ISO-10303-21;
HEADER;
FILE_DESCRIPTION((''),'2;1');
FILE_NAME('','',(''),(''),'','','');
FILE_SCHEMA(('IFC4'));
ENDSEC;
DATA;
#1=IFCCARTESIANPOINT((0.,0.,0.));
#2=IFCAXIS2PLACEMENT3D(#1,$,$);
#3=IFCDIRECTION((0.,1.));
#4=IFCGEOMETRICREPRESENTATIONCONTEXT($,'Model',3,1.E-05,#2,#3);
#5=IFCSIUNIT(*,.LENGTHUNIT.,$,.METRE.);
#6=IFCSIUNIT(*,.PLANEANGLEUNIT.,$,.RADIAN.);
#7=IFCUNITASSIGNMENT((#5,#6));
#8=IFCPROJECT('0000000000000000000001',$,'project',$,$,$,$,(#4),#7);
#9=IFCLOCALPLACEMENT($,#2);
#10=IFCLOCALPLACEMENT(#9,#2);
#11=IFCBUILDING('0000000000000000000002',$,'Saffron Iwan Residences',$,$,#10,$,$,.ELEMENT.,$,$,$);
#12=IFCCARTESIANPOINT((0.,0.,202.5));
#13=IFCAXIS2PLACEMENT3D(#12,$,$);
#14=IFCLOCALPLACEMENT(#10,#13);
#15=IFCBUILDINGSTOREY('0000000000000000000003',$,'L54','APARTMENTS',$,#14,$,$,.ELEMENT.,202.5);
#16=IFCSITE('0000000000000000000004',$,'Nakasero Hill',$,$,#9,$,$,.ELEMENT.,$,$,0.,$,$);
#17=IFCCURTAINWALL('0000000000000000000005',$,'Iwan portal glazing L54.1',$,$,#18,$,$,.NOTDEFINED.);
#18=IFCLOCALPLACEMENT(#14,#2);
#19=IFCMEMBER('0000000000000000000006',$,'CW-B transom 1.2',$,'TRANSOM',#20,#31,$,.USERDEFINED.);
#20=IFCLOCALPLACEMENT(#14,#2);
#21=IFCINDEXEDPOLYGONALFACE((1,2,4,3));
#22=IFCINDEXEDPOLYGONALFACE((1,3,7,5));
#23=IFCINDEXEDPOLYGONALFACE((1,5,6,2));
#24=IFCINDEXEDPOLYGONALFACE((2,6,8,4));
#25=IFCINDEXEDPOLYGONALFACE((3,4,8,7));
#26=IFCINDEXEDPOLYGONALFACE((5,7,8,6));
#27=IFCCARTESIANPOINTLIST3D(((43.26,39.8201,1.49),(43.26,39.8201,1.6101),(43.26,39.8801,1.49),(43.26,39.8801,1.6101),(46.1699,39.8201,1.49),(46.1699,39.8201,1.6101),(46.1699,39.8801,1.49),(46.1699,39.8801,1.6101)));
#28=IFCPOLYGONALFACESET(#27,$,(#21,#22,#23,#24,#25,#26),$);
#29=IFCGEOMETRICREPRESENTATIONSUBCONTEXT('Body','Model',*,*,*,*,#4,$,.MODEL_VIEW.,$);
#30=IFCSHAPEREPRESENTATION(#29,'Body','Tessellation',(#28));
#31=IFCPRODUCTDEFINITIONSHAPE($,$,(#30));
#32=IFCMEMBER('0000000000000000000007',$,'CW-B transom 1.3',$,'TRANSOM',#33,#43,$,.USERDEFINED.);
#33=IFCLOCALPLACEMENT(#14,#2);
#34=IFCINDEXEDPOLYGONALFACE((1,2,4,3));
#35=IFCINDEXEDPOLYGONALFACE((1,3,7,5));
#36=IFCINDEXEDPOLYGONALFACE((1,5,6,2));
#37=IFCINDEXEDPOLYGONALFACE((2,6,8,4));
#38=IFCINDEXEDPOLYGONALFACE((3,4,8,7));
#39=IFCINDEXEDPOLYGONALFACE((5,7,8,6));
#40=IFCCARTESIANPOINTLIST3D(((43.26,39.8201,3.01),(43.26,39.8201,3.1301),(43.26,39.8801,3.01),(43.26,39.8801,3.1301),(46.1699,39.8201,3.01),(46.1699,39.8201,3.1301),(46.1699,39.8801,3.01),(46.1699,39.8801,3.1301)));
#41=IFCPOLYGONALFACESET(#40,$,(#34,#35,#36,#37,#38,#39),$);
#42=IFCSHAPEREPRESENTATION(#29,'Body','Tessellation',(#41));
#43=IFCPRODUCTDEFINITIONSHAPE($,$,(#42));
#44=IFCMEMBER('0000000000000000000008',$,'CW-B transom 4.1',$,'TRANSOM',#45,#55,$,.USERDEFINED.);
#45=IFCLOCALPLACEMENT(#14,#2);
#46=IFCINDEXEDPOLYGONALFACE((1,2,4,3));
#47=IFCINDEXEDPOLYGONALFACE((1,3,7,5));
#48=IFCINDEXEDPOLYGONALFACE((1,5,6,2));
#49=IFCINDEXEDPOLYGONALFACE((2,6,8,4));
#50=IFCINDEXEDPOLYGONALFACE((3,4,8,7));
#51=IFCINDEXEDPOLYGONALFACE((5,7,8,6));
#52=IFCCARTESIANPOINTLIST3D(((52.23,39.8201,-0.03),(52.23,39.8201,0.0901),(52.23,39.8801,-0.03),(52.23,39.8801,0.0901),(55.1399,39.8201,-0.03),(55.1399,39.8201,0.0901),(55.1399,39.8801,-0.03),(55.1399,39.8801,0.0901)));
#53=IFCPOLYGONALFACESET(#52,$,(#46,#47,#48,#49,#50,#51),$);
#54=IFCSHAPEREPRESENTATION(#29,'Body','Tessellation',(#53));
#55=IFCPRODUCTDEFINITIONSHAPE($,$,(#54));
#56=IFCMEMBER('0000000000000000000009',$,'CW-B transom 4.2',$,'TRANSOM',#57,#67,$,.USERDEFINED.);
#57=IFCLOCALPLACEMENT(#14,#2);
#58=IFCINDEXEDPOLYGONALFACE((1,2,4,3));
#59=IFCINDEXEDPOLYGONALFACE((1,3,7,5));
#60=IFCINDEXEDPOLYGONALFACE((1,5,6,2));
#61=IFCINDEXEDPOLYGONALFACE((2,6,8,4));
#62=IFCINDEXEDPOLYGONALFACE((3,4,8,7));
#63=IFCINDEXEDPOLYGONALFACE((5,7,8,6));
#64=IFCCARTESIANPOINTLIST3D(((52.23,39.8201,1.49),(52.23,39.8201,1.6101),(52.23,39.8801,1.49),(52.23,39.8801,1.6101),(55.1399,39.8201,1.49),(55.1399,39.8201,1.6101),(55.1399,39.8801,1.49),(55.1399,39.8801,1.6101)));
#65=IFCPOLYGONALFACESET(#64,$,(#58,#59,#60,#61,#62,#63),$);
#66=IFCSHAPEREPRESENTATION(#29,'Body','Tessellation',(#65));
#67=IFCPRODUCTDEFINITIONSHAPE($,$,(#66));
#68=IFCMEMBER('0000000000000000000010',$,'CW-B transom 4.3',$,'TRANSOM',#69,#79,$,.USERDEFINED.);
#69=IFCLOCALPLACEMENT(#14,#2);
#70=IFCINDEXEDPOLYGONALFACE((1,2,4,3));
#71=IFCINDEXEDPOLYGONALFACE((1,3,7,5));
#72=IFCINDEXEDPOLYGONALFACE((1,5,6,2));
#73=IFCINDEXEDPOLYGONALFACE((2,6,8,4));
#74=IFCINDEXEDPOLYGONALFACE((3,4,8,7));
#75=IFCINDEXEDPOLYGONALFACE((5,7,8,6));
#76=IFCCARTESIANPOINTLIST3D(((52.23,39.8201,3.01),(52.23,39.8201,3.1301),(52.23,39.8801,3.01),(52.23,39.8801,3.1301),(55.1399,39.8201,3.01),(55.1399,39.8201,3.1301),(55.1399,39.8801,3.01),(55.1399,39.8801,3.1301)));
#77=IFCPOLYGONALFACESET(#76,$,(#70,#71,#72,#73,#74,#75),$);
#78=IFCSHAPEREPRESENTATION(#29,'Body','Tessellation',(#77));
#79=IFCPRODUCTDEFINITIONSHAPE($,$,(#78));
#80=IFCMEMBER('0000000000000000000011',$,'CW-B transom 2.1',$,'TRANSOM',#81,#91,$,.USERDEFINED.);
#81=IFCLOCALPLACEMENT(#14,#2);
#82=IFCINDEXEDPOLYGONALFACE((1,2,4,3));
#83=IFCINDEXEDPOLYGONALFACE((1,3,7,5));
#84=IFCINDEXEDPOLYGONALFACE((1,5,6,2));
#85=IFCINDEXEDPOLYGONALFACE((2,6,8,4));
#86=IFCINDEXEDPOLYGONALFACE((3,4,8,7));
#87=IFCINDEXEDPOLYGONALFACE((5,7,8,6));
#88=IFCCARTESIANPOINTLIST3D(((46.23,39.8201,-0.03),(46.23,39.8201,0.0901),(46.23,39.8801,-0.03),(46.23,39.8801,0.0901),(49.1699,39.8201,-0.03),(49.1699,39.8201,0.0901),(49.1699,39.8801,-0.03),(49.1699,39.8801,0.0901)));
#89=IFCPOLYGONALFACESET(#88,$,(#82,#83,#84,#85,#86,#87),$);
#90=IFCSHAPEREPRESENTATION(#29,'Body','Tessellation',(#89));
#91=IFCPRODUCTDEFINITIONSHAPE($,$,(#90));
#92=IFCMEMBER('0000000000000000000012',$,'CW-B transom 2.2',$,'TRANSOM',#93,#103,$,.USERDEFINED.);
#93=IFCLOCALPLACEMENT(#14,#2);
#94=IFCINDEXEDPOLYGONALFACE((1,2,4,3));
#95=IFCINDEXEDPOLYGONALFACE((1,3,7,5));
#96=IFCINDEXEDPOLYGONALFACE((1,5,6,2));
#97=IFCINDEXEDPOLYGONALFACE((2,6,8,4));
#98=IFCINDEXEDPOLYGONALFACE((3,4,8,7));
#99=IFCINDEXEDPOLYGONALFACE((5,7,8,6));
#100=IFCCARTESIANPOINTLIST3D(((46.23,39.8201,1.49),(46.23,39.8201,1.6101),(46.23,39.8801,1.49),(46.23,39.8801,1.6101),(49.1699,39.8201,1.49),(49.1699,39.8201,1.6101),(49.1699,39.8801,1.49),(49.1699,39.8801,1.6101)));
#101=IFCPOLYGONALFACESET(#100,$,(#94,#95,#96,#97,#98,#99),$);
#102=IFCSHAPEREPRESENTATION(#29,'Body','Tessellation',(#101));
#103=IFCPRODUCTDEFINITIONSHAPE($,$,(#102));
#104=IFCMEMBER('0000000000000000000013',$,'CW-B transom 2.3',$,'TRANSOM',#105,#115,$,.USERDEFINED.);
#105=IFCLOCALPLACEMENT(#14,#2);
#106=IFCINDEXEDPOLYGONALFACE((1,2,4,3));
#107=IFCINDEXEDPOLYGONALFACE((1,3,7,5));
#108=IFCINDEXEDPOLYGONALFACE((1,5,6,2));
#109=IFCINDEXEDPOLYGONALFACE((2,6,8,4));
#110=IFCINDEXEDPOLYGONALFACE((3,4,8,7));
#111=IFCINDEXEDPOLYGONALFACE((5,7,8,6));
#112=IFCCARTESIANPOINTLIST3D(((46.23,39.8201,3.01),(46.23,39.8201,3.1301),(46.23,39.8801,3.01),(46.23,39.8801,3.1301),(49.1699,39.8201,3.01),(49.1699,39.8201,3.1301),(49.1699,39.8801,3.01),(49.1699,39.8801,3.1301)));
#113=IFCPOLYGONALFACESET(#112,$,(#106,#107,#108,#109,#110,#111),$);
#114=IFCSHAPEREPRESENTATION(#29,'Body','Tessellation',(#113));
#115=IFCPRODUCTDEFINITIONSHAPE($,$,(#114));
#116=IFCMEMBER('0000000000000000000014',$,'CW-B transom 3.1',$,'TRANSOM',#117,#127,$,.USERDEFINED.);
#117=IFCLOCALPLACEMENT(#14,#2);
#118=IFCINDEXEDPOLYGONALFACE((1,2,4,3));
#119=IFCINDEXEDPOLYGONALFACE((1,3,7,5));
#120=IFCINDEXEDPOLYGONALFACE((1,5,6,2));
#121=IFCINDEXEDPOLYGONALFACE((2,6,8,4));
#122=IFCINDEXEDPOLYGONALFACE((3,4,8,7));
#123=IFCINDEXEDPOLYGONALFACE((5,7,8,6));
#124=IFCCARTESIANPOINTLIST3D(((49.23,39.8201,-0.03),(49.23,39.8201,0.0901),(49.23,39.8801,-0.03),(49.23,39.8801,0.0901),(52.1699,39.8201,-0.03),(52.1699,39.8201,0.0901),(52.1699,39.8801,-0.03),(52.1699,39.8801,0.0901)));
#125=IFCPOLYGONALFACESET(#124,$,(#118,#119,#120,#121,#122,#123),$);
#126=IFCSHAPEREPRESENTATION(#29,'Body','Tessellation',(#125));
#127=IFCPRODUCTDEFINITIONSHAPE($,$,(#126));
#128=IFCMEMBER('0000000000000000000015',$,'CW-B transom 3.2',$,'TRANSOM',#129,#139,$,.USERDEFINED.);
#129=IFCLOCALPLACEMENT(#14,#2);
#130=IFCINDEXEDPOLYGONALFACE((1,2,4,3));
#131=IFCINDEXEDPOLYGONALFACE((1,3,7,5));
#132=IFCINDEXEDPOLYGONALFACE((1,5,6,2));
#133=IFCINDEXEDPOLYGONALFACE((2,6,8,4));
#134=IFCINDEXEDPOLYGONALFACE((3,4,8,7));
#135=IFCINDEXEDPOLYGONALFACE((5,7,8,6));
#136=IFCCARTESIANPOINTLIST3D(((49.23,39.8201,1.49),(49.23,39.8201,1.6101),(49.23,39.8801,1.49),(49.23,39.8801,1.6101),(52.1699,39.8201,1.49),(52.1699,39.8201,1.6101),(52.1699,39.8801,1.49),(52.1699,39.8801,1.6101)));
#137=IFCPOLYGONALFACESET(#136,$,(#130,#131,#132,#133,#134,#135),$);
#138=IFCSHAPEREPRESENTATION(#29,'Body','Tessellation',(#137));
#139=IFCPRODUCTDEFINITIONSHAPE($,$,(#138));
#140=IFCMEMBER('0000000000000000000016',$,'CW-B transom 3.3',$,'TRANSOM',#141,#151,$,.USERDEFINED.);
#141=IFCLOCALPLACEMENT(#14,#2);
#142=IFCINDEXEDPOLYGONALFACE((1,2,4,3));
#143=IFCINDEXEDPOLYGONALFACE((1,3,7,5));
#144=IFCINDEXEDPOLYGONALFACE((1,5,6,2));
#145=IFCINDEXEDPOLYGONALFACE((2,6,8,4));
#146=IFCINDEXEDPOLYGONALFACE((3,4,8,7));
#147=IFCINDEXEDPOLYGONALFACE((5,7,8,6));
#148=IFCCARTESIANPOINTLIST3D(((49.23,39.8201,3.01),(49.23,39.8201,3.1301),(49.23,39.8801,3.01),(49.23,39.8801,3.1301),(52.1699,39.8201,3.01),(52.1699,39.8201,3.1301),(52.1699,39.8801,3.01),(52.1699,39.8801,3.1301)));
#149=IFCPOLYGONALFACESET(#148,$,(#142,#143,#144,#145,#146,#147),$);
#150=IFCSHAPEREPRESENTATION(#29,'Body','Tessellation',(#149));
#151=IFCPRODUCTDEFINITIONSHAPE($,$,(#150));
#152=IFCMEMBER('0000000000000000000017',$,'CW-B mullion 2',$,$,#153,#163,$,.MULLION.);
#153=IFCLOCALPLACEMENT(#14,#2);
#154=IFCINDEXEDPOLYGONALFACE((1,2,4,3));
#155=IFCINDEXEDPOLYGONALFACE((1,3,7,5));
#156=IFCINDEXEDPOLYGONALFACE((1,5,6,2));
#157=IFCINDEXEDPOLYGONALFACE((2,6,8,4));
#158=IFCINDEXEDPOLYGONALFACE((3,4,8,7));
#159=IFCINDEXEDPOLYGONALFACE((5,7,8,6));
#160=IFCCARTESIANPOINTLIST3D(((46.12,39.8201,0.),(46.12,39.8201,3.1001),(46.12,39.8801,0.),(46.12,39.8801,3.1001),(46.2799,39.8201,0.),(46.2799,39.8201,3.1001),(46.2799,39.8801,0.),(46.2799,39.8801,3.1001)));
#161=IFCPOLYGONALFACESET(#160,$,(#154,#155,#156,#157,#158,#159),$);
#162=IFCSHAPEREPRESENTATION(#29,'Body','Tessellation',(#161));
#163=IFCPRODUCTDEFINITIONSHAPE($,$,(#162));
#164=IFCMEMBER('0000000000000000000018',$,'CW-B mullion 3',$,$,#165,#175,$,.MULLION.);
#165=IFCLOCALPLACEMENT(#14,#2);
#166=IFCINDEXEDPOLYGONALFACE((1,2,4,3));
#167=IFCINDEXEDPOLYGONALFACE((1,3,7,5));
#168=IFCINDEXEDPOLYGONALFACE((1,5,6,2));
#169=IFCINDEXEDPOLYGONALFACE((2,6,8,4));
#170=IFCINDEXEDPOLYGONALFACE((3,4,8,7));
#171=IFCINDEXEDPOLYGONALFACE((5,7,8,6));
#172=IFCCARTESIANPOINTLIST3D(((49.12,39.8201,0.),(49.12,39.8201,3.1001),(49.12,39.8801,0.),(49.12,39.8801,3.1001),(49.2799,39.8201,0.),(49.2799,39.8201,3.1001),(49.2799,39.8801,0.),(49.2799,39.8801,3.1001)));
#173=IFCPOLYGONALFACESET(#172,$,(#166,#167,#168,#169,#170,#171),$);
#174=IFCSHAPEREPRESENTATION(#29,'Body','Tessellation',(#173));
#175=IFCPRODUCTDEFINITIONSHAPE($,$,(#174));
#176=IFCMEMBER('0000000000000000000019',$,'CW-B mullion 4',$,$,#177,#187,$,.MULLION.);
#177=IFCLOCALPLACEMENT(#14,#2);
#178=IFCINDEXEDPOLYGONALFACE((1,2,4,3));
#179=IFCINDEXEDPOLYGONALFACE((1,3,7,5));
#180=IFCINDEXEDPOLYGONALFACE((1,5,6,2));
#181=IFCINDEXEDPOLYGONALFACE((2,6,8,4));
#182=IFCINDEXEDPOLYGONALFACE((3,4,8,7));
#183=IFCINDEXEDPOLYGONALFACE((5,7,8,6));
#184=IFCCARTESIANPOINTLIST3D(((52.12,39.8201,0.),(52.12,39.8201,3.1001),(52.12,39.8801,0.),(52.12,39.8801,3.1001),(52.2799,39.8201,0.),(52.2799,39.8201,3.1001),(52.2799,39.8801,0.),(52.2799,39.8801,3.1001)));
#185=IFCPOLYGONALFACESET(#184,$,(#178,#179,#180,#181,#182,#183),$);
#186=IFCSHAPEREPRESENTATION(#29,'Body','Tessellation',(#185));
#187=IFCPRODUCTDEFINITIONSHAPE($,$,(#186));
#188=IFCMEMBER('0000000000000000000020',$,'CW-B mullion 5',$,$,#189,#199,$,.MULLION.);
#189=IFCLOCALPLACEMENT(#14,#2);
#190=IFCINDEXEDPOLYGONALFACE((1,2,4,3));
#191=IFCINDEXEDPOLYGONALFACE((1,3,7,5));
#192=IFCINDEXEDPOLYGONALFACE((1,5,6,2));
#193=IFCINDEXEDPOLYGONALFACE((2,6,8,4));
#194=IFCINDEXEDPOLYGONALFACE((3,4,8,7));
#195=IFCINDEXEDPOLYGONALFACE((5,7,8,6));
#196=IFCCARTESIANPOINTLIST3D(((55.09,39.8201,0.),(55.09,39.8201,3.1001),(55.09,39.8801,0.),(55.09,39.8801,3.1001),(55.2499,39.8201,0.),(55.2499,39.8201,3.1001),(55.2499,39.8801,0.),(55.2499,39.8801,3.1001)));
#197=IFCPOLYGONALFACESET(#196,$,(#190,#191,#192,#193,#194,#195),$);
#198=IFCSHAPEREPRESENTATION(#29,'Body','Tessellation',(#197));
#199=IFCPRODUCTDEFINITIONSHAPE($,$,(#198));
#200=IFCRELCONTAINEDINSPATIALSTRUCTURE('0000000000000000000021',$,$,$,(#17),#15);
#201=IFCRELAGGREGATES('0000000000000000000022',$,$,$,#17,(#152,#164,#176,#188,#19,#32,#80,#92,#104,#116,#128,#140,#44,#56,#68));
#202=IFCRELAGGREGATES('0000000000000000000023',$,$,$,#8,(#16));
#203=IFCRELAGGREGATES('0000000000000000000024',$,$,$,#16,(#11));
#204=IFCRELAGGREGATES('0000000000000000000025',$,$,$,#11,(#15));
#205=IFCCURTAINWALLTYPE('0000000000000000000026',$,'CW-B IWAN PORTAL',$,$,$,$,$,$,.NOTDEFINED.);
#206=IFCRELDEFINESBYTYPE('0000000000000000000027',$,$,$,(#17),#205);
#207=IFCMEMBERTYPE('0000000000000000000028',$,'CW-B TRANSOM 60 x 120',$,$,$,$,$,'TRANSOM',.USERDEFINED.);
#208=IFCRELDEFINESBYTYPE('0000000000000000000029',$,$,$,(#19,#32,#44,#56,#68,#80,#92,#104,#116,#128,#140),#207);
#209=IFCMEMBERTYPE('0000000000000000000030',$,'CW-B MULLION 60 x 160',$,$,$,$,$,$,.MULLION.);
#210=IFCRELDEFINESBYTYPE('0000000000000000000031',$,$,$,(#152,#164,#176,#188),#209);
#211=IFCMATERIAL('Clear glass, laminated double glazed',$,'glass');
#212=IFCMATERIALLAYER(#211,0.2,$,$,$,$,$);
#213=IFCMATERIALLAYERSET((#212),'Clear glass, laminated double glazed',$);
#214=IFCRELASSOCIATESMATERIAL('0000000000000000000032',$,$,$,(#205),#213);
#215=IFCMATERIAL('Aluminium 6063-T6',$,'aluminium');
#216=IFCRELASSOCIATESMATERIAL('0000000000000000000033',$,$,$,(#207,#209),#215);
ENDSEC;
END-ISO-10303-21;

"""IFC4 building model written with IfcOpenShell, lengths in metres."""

from ifc_helpers import new_model, si_unit, direction, frame, origin, origin_2d, place, context, subcontext, project, spatial, rectangle, extrude, source, transform, mapped, material, layer, layer_set, material_profile, profile_set, type_object, element, aggregate, save


model = new_model("IFC4")

# Units and contexts
model_context = context("Model", 3, precision=1e-05, world=origin(), true_north=direction((0.0, 1.0)))
body_context = subcontext(model_context, "Body", "Model", "MODEL_VIEW")
ifc_project = project(units=[si_unit("LENGTHUNIT", "METRE"), si_unit("PLANEANGLEUNIT", "RADIAN")], contexts=[model_context])

# Site, building, storey
site_placement = place(None, origin())
site = spatial("IfcSite", under=ifc_project, at=site_placement, Name="Nakasero Hill", CompositionType="ELEMENT", RefElevation=0.0)
building_placement = place(site_placement, origin())
building = spatial("IfcBuilding", under=site, at=building_placement, Name="Saffron Iwan Residences", CompositionType="ELEMENT")
storey_placement = place(building_placement, frame((0.0, 0.0, 202.5)))
storey = spatial("IfcBuildingStorey", under=building, at=storey_placement, Name="L54", Description="APARTMENTS", CompositionType="ELEMENT", Elevation=202.5)

# Curtain wall, members
ifc_material_1 = material(Name="Clear glass, laminated double glazed", Category="glass")
ifc_layer_1 = layer(ifc_material_1, 0.2)
ifc_layer_set_1 = layer_set([ifc_layer_1], Name="Clear glass, laminated double glazed")
curtain_wall_type = type_object("IfcCurtainWallType", Name="CW-B IWAN PORTAL", PredefinedType="NOTDEFINED", material=ifc_layer_set_1)
curtain_wall_placement = place(storey_placement, origin())
curtain_wall = element("IfcCurtainWall", 1, at=curtain_wall_placement, inside=storey, type_object=curtain_wall_type, Name="Iwan portal glazing L54.1", PredefinedType="NOTDEFINED")
ifc_material_2 = material(Name="Aluminium 6063-T6", Category="aluminium")
ifc_material_profile_1 = material_profile(ifc_material_2, rectangle(XDim=0.0601, YDim=0.1201, at=origin_2d()), Name="CW-B TRANSOM 60 x 120")
ifc_profile_set_1 = profile_set([ifc_material_profile_1], Name="Aluminium 6063-T6")
member_type_1 = type_object("IfcMemberType", Name="CW-B TRANSOM 60 x 120", ElementType="TRANSOM", PredefinedType="USERDEFINED", material=ifc_profile_set_1)
shared_shape_1 = source(origin(), body_context, "Body", "SweptSolid", [
    extrude(rectangle(XDim=0.0601, YDim=0.1201, at=origin_2d()), origin(), (0.0, 0.0, 1.0), 2.9099),
])
member_1_placement = place(storey_placement, frame((43.26, 39.8501, 1.55), z_axis=(1.0, 0.0, 0.0), x_axis=(0.0, 1.0, 0.0)))
member_1 = element("IfcMember", 2, at=member_1_placement, type_object=member_type_1, Name="CW-B transom 1.2", ObjectType="TRANSOM", PredefinedType="USERDEFINED", context=body_context, shape_type="MappedRepresentation", body=[
    mapped(shared_shape_1, transform((0.0, 0.0, 0.0))),
])
member_2_placement = place(storey_placement, frame((43.26, 39.8501, 3.0701), z_axis=(1.0, 0.0, 0.0), x_axis=(0.0, 1.0, 0.0)))
member_2 = element("IfcMember", 3, at=member_2_placement, type_object=member_type_1, Name="CW-B transom 1.3", ObjectType="TRANSOM", PredefinedType="USERDEFINED", context=body_context, shape_type="MappedRepresentation", body=[
    mapped(shared_shape_1, transform((0.0, 0.0, 0.0))),
])
member_3_placement = place(storey_placement, frame((52.23, 39.8501, 0.03), z_axis=(1.0, 0.0, 0.0), x_axis=(0.0, 1.0, 0.0)))
member_3 = element("IfcMember", 4, at=member_3_placement, type_object=member_type_1, Name="CW-B transom 4.1", ObjectType="TRANSOM", PredefinedType="USERDEFINED", context=body_context, shape_type="MappedRepresentation", body=[
    mapped(shared_shape_1, transform((0.0, 0.0, 0.0))),
])
member_4_placement = place(storey_placement, frame((52.23, 39.8501, 1.55), z_axis=(1.0, 0.0, 0.0), x_axis=(0.0, 1.0, 0.0)))
member_4 = element("IfcMember", 5, at=member_4_placement, type_object=member_type_1, Name="CW-B transom 4.2", ObjectType="TRANSOM", PredefinedType="USERDEFINED", context=body_context, shape_type="MappedRepresentation", body=[
    mapped(shared_shape_1, transform((0.0, 0.0, 0.0))),
])
member_5_placement = place(storey_placement, frame((52.23, 39.8501, 3.0701), z_axis=(1.0, 0.0, 0.0), x_axis=(0.0, 1.0, 0.0)))
member_5 = element("IfcMember", 6, at=member_5_placement, type_object=member_type_1, Name="CW-B transom 4.3", ObjectType="TRANSOM", PredefinedType="USERDEFINED", context=body_context, shape_type="MappedRepresentation", body=[
    mapped(shared_shape_1, transform((0.0, 0.0, 0.0))),
])
shared_shape_2 = source(origin(), body_context, "Body", "SweptSolid", [
    extrude(rectangle(XDim=0.0601, YDim=0.1201, at=origin_2d()), origin(), (0.0, 0.0, 1.0), 2.9399),
])
member_6_placement = place(storey_placement, frame((46.23, 39.8501, 0.03), z_axis=(1.0, 0.0, 0.0), x_axis=(0.0, 1.0, 0.0)))
member_6 = element("IfcMember", 7, at=member_6_placement, type_object=member_type_1, Name="CW-B transom 2.1", ObjectType="TRANSOM", PredefinedType="USERDEFINED", context=body_context, shape_type="MappedRepresentation", body=[
    mapped(shared_shape_2, transform((0.0, 0.0, 0.0))),
])
member_7_placement = place(storey_placement, frame((46.23, 39.8501, 1.55), z_axis=(1.0, 0.0, 0.0), x_axis=(0.0, 1.0, 0.0)))
member_7 = element("IfcMember", 8, at=member_7_placement, type_object=member_type_1, Name="CW-B transom 2.2", ObjectType="TRANSOM", PredefinedType="USERDEFINED", context=body_context, shape_type="MappedRepresentation", body=[
    mapped(shared_shape_2, transform((0.0, 0.0, 0.0))),
])
member_8_placement = place(storey_placement, frame((46.23, 39.8501, 3.0701), z_axis=(1.0, 0.0, 0.0), x_axis=(0.0, 1.0, 0.0)))
member_8 = element("IfcMember", 9, at=member_8_placement, type_object=member_type_1, Name="CW-B transom 2.3", ObjectType="TRANSOM", PredefinedType="USERDEFINED", context=body_context, shape_type="MappedRepresentation", body=[
    mapped(shared_shape_2, transform((0.0, 0.0, 0.0))),
])
member_9_placement = place(storey_placement, frame((49.23, 39.8501, 0.03), z_axis=(1.0, 0.0, 0.0), x_axis=(0.0, 1.0, 0.0)))
member_9 = element("IfcMember", 10, at=member_9_placement, type_object=member_type_1, Name="CW-B transom 3.1", ObjectType="TRANSOM", PredefinedType="USERDEFINED", context=body_context, shape_type="MappedRepresentation", body=[
    mapped(shared_shape_2, transform((0.0, 0.0, 0.0))),
])
member_10_placement = place(storey_placement, frame((49.23, 39.8501, 1.55), z_axis=(1.0, 0.0, 0.0), x_axis=(0.0, 1.0, 0.0)))
member_10 = element("IfcMember", 11, at=member_10_placement, type_object=member_type_1, Name="CW-B transom 3.2", ObjectType="TRANSOM", PredefinedType="USERDEFINED", context=body_context, shape_type="MappedRepresentation", body=[
    mapped(shared_shape_2, transform((0.0, 0.0, 0.0))),
])
member_11_placement = place(storey_placement, frame((49.23, 39.8501, 3.0701), z_axis=(1.0, 0.0, 0.0), x_axis=(0.0, 1.0, 0.0)))
member_11 = element("IfcMember", 12, at=member_11_placement, type_object=member_type_1, Name="CW-B transom 3.3", ObjectType="TRANSOM", PredefinedType="USERDEFINED", context=body_context, shape_type="MappedRepresentation", body=[
    mapped(shared_shape_2, transform((0.0, 0.0, 0.0))),
])
ifc_material_profile_2 = material_profile(ifc_material_2, rectangle(XDim=0.0601, YDim=0.1599, at=origin_2d()), Name="CW-B MULLION 60 x 160")
ifc_profile_set_2 = profile_set([ifc_material_profile_2], Name="Aluminium 6063-T6")
member_type_2 = type_object("IfcMemberType", Name="CW-B MULLION 60 x 160", PredefinedType="MULLION", material=ifc_profile_set_2)
shared_shape_3 = source(origin(), body_context, "Body", "SweptSolid", [
    extrude(rectangle(XDim=0.0601, YDim=0.1599, at=origin_2d()), origin(), (0.0, 0.0, 1.0), 3.1001),
])
member_12_placement = place(storey_placement, frame((46.2, 39.8501, 0.0), z_axis=(0.0, 0.0, 1.0), x_axis=(0.0, 1.0, 0.0)))
member_12 = element("IfcMember", 13, at=member_12_placement, type_object=member_type_2, Name="CW-B mullion 2", PredefinedType="MULLION", context=body_context, shape_type="MappedRepresentation", body=[
    mapped(shared_shape_3, transform((0.0, 0.0, 0.0))),
])
member_13_placement = place(storey_placement, frame((49.2, 39.8501, 0.0), z_axis=(0.0, 0.0, 1.0), x_axis=(0.0, 1.0, 0.0)))
member_13 = element("IfcMember", 14, at=member_13_placement, type_object=member_type_2, Name="CW-B mullion 3", PredefinedType="MULLION", context=body_context, shape_type="MappedRepresentation", body=[
    mapped(shared_shape_3, transform((0.0, 0.0, 0.0))),
])
member_14_placement = place(storey_placement, frame((52.2, 39.8501, 0.0), z_axis=(0.0, 0.0, 1.0), x_axis=(0.0, 1.0, 0.0)))
member_14 = element("IfcMember", 15, at=member_14_placement, type_object=member_type_2, Name="CW-B mullion 4", PredefinedType="MULLION", context=body_context, shape_type="MappedRepresentation", body=[
    mapped(shared_shape_3, transform((0.0, 0.0, 0.0))),
])
member_15_placement = place(storey_placement, frame((55.1699, 39.8501, 0.0), z_axis=(0.0, 0.0, 1.0), x_axis=(0.0, 1.0, 0.0)))
member_15 = element("IfcMember", 16, at=member_15_placement, type_object=member_type_2, Name="CW-B mullion 5", PredefinedType="MULLION", context=body_context, shape_type="MappedRepresentation", body=[
    mapped(shared_shape_3, transform((0.0, 0.0, 0.0))),
])
aggregate(curtain_wall, [member_12, member_13, member_14, member_15, member_1, member_2, member_6, member_7, member_8, member_9, member_10, member_11, member_3, member_4, member_5])

save(model, "model.ifc")
